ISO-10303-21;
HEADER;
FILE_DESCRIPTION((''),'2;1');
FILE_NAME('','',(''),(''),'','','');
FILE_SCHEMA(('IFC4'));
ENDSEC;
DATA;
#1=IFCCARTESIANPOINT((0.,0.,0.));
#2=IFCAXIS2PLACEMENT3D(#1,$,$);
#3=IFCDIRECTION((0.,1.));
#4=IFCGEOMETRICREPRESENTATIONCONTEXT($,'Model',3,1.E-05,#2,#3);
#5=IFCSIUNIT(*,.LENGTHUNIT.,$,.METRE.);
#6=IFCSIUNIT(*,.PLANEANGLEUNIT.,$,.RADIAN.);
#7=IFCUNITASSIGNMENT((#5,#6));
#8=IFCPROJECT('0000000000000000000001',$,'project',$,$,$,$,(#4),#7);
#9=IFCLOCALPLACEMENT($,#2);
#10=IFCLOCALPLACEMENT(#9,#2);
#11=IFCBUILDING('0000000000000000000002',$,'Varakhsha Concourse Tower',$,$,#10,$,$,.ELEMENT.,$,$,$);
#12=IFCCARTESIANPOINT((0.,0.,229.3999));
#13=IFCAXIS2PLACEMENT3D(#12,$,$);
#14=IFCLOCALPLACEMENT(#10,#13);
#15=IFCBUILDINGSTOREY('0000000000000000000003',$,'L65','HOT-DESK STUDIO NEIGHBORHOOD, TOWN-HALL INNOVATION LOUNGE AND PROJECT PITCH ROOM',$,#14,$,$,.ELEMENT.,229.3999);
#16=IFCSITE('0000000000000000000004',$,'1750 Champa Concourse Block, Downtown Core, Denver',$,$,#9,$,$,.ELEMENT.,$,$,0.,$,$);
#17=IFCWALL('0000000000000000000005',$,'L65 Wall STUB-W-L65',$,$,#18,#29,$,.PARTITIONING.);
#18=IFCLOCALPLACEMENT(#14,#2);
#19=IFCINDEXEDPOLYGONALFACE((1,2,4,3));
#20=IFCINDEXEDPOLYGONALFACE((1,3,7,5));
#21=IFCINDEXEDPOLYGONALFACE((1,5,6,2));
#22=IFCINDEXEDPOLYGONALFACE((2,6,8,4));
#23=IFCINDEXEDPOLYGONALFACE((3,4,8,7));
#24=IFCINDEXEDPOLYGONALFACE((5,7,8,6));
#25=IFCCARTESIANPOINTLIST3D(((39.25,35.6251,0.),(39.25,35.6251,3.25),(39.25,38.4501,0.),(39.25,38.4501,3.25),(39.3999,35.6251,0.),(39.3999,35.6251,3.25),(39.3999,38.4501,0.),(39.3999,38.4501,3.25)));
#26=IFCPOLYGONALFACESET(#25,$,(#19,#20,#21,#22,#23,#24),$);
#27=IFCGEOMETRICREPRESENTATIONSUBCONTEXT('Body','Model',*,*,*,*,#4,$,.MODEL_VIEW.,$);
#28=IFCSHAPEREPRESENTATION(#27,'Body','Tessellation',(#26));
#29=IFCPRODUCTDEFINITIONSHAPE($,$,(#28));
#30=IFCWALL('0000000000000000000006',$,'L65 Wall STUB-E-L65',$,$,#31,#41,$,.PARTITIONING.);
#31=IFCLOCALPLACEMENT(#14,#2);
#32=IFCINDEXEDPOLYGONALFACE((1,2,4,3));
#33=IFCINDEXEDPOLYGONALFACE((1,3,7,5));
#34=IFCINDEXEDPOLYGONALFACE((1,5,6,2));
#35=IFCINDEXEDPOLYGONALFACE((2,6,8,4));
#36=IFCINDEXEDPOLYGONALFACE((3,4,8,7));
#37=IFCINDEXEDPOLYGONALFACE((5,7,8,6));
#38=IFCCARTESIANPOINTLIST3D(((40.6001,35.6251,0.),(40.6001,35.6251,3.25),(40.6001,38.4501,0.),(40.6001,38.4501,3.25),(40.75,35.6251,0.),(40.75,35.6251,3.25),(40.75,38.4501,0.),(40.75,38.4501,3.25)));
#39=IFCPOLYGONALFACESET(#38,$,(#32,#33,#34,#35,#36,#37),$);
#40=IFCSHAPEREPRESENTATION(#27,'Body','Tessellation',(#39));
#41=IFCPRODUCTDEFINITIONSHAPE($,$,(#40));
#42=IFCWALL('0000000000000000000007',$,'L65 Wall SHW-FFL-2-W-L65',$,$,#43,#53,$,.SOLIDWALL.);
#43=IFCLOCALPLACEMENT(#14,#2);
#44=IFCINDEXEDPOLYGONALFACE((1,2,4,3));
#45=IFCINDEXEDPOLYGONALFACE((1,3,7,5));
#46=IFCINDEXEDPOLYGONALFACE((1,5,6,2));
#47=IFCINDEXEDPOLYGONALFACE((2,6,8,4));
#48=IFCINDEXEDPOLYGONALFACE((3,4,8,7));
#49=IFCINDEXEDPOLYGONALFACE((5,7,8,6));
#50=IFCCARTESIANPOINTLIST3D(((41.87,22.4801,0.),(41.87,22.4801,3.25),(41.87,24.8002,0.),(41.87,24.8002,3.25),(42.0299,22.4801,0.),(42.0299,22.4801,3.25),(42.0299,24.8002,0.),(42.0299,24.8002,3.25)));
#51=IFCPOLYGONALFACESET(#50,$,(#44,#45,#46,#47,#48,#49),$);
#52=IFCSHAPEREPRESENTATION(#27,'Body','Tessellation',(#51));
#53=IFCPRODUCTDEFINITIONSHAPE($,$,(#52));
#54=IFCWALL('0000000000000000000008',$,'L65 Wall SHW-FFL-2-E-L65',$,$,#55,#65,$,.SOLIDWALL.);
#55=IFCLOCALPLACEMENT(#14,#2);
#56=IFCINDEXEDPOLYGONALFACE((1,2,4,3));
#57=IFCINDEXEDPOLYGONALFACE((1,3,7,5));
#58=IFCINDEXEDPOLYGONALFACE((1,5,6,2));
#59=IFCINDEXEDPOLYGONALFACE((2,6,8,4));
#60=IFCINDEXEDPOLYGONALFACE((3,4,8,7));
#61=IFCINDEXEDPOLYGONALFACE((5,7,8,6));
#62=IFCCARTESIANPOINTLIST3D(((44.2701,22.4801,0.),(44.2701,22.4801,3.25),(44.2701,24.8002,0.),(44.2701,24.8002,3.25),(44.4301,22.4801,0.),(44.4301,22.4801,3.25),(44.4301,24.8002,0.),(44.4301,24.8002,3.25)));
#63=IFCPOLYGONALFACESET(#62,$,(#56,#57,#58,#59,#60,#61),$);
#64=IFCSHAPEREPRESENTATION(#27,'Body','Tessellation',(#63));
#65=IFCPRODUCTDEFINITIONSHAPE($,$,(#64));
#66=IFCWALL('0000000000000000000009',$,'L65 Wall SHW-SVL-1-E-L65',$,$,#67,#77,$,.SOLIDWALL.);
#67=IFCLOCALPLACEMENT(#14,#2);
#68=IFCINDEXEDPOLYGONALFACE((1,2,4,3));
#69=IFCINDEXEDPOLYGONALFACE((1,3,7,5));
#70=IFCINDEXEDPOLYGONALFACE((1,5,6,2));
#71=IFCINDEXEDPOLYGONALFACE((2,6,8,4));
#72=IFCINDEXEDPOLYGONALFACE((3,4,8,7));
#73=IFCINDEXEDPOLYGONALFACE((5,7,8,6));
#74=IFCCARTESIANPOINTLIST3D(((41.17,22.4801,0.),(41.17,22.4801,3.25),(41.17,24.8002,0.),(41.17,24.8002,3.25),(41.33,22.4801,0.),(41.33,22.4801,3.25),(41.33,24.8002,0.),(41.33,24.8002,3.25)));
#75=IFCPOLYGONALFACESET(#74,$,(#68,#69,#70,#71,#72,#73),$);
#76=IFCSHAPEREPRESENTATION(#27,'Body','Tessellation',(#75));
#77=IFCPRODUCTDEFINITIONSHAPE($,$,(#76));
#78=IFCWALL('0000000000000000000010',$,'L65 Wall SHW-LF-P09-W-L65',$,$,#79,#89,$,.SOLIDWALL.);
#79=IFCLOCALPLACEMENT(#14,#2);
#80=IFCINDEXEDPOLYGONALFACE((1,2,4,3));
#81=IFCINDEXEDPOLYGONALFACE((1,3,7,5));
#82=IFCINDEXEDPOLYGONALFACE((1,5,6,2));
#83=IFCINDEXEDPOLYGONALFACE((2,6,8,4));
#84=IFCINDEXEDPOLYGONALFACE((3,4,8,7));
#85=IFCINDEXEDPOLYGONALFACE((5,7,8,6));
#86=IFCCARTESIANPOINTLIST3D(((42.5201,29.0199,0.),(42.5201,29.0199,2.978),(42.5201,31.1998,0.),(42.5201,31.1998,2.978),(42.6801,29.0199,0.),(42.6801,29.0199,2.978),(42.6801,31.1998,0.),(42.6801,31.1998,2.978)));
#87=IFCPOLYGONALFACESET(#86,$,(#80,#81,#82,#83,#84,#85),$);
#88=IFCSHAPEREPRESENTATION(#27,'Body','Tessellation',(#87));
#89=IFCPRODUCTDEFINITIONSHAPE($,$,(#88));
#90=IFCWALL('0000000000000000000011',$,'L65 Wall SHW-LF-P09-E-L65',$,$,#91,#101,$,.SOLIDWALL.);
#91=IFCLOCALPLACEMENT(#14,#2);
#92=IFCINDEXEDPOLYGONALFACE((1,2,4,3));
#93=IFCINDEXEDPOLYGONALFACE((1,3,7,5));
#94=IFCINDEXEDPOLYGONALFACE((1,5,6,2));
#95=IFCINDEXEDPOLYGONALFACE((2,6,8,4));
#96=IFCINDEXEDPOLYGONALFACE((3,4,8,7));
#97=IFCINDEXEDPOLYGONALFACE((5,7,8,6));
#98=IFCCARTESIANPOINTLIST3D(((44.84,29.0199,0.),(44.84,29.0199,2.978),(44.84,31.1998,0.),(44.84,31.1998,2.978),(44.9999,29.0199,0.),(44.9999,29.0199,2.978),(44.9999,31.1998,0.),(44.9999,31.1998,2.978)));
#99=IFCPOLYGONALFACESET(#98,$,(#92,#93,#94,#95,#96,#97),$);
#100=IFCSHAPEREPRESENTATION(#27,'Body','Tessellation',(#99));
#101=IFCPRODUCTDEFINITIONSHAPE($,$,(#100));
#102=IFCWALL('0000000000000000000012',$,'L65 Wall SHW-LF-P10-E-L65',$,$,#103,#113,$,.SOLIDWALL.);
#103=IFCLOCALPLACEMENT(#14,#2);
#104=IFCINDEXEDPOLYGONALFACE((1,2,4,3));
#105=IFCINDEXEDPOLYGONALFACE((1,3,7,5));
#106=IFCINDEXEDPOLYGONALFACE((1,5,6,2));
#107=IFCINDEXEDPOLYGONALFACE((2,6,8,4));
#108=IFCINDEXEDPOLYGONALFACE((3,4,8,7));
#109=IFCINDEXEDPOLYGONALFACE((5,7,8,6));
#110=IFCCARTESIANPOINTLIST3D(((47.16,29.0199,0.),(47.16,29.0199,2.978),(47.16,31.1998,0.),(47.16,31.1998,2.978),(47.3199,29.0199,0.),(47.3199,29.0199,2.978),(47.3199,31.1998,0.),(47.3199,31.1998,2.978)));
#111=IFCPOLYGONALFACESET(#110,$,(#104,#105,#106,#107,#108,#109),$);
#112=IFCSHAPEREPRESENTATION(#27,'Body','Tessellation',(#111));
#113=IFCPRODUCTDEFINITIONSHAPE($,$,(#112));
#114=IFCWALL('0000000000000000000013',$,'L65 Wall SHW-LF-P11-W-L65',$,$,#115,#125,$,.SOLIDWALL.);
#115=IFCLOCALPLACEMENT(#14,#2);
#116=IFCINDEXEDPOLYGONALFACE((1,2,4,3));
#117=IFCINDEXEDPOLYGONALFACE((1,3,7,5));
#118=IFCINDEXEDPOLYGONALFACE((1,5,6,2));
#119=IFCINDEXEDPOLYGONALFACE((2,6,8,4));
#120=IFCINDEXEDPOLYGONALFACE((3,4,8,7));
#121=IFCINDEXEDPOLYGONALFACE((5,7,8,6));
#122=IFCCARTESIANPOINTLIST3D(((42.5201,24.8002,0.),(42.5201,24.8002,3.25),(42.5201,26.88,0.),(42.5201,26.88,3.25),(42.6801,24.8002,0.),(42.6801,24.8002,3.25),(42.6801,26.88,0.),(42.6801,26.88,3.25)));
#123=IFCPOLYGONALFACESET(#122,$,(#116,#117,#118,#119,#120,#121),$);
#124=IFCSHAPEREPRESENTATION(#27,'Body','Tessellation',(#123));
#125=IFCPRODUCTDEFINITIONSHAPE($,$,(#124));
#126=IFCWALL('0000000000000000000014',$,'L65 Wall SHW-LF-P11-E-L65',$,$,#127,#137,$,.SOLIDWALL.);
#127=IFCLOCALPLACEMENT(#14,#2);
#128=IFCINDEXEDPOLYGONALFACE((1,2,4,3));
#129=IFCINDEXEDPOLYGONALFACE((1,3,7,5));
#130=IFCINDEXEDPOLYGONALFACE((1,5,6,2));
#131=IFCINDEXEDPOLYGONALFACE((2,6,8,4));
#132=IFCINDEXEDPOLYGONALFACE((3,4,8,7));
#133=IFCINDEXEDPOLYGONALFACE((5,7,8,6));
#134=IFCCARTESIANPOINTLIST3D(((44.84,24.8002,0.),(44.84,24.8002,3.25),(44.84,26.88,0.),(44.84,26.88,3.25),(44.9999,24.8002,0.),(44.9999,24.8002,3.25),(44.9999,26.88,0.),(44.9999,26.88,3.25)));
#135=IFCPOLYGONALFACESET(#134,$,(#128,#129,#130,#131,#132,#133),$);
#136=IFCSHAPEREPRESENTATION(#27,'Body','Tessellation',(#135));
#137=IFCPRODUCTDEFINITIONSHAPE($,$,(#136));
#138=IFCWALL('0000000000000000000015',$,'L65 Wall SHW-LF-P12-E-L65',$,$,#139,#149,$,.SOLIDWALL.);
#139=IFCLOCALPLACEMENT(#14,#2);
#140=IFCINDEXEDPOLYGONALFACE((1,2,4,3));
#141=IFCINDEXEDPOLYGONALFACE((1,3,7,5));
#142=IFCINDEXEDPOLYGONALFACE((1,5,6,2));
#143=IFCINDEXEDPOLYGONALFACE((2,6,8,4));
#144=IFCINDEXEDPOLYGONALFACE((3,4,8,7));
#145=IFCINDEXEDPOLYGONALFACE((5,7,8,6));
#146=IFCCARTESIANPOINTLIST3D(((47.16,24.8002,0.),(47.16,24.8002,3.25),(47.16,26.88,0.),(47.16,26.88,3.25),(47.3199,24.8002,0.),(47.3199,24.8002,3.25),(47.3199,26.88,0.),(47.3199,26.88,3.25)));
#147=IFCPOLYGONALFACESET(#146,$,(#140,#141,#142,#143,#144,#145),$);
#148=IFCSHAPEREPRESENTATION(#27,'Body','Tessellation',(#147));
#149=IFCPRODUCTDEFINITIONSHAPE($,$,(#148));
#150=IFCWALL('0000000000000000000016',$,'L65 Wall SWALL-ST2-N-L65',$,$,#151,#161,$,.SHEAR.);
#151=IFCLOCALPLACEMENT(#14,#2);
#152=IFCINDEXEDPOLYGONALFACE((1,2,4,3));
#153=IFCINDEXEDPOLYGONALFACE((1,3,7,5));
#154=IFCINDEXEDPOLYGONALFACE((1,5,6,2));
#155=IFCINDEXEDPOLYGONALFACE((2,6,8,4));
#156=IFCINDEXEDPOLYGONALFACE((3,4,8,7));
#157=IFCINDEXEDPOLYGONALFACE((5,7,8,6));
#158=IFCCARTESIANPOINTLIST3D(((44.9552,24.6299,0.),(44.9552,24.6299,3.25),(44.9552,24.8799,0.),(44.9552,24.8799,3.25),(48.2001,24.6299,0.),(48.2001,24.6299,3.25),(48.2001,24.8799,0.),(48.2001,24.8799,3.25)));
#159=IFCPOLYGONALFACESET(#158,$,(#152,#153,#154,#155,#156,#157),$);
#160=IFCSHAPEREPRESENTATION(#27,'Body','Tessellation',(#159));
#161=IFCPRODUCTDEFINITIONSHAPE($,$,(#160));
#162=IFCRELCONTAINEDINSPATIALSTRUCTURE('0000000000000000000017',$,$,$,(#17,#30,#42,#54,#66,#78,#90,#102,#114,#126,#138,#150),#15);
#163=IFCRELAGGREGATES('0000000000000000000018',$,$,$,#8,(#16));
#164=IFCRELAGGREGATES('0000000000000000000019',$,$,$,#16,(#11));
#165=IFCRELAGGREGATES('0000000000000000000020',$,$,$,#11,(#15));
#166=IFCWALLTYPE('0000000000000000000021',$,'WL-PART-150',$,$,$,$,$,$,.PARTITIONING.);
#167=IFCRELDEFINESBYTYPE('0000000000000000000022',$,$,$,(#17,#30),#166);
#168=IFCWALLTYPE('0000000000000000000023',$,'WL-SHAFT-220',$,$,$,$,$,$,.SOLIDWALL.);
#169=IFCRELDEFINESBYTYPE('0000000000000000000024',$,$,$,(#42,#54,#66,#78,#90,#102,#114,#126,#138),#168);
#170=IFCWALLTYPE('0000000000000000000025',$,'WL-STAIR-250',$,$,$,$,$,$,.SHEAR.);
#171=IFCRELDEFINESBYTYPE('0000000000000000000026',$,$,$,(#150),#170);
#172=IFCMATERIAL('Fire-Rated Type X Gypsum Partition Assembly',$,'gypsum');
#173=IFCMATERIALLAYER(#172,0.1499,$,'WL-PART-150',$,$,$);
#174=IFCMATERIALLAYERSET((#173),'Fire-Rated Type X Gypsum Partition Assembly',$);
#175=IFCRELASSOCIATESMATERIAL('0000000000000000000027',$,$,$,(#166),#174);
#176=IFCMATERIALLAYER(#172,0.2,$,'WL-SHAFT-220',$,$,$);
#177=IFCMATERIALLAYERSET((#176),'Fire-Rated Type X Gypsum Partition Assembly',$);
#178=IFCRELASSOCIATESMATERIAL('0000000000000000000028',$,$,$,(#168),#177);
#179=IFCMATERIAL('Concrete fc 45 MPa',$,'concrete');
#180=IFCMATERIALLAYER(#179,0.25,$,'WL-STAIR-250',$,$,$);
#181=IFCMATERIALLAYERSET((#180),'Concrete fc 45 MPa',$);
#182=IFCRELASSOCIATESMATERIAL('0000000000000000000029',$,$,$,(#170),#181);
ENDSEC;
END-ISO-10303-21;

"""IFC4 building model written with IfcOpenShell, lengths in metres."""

from ifc_helpers import new_model, si_unit, direction, frame, frame_2d, origin, place, context, subcontext, project, spatial, rectangle, extrude, material, layer, layer_set, type_object, element, save


model = new_model("IFC4")

# Units and contexts
model_context = context("Model", 3, precision=1e-05, world=origin(), true_north=direction((0.0, 1.0)))
body_context = subcontext(model_context, "Body", "Model", "MODEL_VIEW")
ifc_project = project(units=[si_unit("LENGTHUNIT", "METRE"), si_unit("PLANEANGLEUNIT", "RADIAN")], contexts=[model_context])

# Site, building, storey
site_placement = place(None, origin())
site = spatial("IfcSite", under=ifc_project, at=site_placement, Name="1750 Champa Concourse Block, Downtown Core, Denver", CompositionType="ELEMENT", RefElevation=0.0)
building_placement = place(site_placement, origin())
building = spatial("IfcBuilding", under=site, at=building_placement, Name="Varakhsha Concourse Tower", CompositionType="ELEMENT")
storey_placement = place(building_placement, frame((0.0, 0.0, 229.3999)))
storey = spatial("IfcBuildingStorey", under=building, at=storey_placement, Name="L65", Description="HOT-DESK STUDIO NEIGHBORHOOD, TOWN-HALL INNOVATION LOUNGE AND PROJECT PITCH ROOM", CompositionType="ELEMENT", Elevation=229.3999)

# Shared definitions
ifc_material_1 = material(Name="Fire-Rated Type X Gypsum Partition Assembly", Category="gypsum")
ifc_layer_1 = layer(ifc_material_1, 0.1499, Name="WL-PART-150")
ifc_layer_set_1 = layer_set([ifc_layer_1], Name="Fire-Rated Type X Gypsum Partition Assembly")
wall_type_1 = type_object("IfcWallType", Name="WL-PART-150", PredefinedType="PARTITIONING", material=ifc_layer_set_1)

# Walls
for number, where, z_axis, x_axis, name in (
    (1, (39.325, 35.625, 0.0), (0.0, 0.0, 1.0), (0.0, 1.0, 0.0), "L65 Wall STUB-W-L65"),
    (2, (40.675, 35.625, 0.0), (0.0, 0.0, 1.0), (0.0, 1.0, 0.0), "L65 Wall STUB-E-L65"),
):
    element("IfcWall", number, at=place(storey_placement, frame(where, z_axis=z_axis, x_axis=x_axis)), inside=storey, type_object=wall_type_1, Name=name, PredefinedType="PARTITIONING", context=body_context, shape_type="SweptSolid", body=[
        extrude(rectangle(XDim=2.825, YDim=0.1499, at=frame_2d((1.4126, 0.0))), origin(), (0.0, 0.0, 1.0), 3.25),
    ])
ifc_layer_2 = layer(ifc_material_1, 0.2, Name="WL-SHAFT-220")
ifc_layer_set_2 = layer_set([ifc_layer_2], Name="Fire-Rated Type X Gypsum Partition Assembly")
wall_type_2 = type_object("IfcWallType", Name="WL-SHAFT-220", PredefinedType="SOLIDWALL", material=ifc_layer_set_2)
for number, where, z_axis, x_axis, name in (
    (3, (41.95, 22.48, 0.0), (0.0, 0.0, 1.0), (0.0, 1.0, 0.0), "L65 Wall SHW-FFL-2-W-L65"),
    (4, (44.3501, 22.48, 0.0), (0.0, 0.0, 1.0), (0.0, 1.0, 0.0), "L65 Wall SHW-FFL-2-E-L65"),
    (5, (41.25, 22.48, 0.0), (0.0, 0.0, 1.0), (0.0, 1.0, 0.0), "L65 Wall SHW-SVL-1-E-L65"),
):
    element("IfcWall", number, at=place(storey_placement, frame(where, z_axis=z_axis, x_axis=x_axis)), inside=storey, type_object=wall_type_2, Name=name, PredefinedType="SOLIDWALL", context=body_context, shape_type="SweptSolid", body=[
        extrude(rectangle(XDim=2.3201, YDim=0.1599, at=frame_2d((1.1602, 0.0))), origin(), (0.0, 0.0, 1.0), 3.25),
    ])
for number, where, z_axis, x_axis, name in (
    (6, (42.6001, 29.02, 0.0), (0.0, 0.0, 1.0), (0.0, 1.0, 0.0), "L65 Wall SHW-LF-P09-W-L65"),
    (7, (44.9199, 29.02, 0.0), (0.0, 0.0, 1.0), (0.0, 1.0, 0.0), "L65 Wall SHW-LF-P09-E-L65"),
    (8, (47.24, 29.02, 0.0), (0.0, 0.0, 1.0), (0.0, 1.0, 0.0), "L65 Wall SHW-LF-P10-E-L65"),
):
    element("IfcWall", number, at=place(storey_placement, frame(where, z_axis=z_axis, x_axis=x_axis)), inside=storey, type_object=wall_type_2, Name=name, PredefinedType="SOLIDWALL", context=body_context, shape_type="SweptSolid", body=[
        extrude(rectangle(XDim=2.1799, YDim=0.1599, at=frame_2d((1.0898, 0.0))), origin(), (0.0, 0.0, 1.0), 2.978),
    ])
for number, where, z_axis, x_axis, name in (
    (9, (42.6001, 24.8, 0.0), (0.0, 0.0, 1.0), (0.0, 1.0, 0.0), "L65 Wall SHW-LF-P11-W-L65"),
    (10, (44.9199, 24.8, 0.0), (0.0, 0.0, 1.0), (0.0, 1.0, 0.0), "L65 Wall SHW-LF-P11-E-L65"),
    (11, (47.24, 24.8, 0.0), (0.0, 0.0, 1.0), (0.0, 1.0, 0.0), "L65 Wall SHW-LF-P12-E-L65"),
):
    element("IfcWall", number, at=place(storey_placement, frame(where, z_axis=z_axis, x_axis=x_axis)), inside=storey, type_object=wall_type_2, Name=name, PredefinedType="SOLIDWALL", context=body_context, shape_type="SweptSolid", body=[
        extrude(rectangle(XDim=2.0798, YDim=0.1599, at=frame_2d((1.04, 0.0))), origin(), (0.0, 0.0, 1.0), 3.25),
    ])
ifc_material_2 = material(Name="Concrete fc 45 MPa", Category="concrete")
ifc_layer_3 = layer(ifc_material_2, 0.25, Name="WL-STAIR-250")
ifc_layer_set_3 = layer_set([ifc_layer_3], Name="Concrete fc 45 MPa")
wall_type_3 = type_object("IfcWallType", Name="WL-STAIR-250", PredefinedType="SHEAR", material=ifc_layer_set_3)
wall_1_placement = place(storey_placement, frame((44.9551, 24.7549, 0.0), z_axis=(0.0, 0.0, 1.0), x_axis=(1.0, 0.0, 0.0)))
element("IfcWall", 12, at=wall_1_placement, inside=storey, type_object=wall_type_3, Name="L65 Wall SWALL-ST2-N-L65", PredefinedType="SHEAR", context=body_context, shape_type="SweptSolid", body=[
    extrude(rectangle(XDim=3.2449, YDim=0.25, at=frame_2d((1.6226, 0.0))), origin(), (0.0, 0.0, 1.0), 3.25),
])

save(model, "model.ifc")
